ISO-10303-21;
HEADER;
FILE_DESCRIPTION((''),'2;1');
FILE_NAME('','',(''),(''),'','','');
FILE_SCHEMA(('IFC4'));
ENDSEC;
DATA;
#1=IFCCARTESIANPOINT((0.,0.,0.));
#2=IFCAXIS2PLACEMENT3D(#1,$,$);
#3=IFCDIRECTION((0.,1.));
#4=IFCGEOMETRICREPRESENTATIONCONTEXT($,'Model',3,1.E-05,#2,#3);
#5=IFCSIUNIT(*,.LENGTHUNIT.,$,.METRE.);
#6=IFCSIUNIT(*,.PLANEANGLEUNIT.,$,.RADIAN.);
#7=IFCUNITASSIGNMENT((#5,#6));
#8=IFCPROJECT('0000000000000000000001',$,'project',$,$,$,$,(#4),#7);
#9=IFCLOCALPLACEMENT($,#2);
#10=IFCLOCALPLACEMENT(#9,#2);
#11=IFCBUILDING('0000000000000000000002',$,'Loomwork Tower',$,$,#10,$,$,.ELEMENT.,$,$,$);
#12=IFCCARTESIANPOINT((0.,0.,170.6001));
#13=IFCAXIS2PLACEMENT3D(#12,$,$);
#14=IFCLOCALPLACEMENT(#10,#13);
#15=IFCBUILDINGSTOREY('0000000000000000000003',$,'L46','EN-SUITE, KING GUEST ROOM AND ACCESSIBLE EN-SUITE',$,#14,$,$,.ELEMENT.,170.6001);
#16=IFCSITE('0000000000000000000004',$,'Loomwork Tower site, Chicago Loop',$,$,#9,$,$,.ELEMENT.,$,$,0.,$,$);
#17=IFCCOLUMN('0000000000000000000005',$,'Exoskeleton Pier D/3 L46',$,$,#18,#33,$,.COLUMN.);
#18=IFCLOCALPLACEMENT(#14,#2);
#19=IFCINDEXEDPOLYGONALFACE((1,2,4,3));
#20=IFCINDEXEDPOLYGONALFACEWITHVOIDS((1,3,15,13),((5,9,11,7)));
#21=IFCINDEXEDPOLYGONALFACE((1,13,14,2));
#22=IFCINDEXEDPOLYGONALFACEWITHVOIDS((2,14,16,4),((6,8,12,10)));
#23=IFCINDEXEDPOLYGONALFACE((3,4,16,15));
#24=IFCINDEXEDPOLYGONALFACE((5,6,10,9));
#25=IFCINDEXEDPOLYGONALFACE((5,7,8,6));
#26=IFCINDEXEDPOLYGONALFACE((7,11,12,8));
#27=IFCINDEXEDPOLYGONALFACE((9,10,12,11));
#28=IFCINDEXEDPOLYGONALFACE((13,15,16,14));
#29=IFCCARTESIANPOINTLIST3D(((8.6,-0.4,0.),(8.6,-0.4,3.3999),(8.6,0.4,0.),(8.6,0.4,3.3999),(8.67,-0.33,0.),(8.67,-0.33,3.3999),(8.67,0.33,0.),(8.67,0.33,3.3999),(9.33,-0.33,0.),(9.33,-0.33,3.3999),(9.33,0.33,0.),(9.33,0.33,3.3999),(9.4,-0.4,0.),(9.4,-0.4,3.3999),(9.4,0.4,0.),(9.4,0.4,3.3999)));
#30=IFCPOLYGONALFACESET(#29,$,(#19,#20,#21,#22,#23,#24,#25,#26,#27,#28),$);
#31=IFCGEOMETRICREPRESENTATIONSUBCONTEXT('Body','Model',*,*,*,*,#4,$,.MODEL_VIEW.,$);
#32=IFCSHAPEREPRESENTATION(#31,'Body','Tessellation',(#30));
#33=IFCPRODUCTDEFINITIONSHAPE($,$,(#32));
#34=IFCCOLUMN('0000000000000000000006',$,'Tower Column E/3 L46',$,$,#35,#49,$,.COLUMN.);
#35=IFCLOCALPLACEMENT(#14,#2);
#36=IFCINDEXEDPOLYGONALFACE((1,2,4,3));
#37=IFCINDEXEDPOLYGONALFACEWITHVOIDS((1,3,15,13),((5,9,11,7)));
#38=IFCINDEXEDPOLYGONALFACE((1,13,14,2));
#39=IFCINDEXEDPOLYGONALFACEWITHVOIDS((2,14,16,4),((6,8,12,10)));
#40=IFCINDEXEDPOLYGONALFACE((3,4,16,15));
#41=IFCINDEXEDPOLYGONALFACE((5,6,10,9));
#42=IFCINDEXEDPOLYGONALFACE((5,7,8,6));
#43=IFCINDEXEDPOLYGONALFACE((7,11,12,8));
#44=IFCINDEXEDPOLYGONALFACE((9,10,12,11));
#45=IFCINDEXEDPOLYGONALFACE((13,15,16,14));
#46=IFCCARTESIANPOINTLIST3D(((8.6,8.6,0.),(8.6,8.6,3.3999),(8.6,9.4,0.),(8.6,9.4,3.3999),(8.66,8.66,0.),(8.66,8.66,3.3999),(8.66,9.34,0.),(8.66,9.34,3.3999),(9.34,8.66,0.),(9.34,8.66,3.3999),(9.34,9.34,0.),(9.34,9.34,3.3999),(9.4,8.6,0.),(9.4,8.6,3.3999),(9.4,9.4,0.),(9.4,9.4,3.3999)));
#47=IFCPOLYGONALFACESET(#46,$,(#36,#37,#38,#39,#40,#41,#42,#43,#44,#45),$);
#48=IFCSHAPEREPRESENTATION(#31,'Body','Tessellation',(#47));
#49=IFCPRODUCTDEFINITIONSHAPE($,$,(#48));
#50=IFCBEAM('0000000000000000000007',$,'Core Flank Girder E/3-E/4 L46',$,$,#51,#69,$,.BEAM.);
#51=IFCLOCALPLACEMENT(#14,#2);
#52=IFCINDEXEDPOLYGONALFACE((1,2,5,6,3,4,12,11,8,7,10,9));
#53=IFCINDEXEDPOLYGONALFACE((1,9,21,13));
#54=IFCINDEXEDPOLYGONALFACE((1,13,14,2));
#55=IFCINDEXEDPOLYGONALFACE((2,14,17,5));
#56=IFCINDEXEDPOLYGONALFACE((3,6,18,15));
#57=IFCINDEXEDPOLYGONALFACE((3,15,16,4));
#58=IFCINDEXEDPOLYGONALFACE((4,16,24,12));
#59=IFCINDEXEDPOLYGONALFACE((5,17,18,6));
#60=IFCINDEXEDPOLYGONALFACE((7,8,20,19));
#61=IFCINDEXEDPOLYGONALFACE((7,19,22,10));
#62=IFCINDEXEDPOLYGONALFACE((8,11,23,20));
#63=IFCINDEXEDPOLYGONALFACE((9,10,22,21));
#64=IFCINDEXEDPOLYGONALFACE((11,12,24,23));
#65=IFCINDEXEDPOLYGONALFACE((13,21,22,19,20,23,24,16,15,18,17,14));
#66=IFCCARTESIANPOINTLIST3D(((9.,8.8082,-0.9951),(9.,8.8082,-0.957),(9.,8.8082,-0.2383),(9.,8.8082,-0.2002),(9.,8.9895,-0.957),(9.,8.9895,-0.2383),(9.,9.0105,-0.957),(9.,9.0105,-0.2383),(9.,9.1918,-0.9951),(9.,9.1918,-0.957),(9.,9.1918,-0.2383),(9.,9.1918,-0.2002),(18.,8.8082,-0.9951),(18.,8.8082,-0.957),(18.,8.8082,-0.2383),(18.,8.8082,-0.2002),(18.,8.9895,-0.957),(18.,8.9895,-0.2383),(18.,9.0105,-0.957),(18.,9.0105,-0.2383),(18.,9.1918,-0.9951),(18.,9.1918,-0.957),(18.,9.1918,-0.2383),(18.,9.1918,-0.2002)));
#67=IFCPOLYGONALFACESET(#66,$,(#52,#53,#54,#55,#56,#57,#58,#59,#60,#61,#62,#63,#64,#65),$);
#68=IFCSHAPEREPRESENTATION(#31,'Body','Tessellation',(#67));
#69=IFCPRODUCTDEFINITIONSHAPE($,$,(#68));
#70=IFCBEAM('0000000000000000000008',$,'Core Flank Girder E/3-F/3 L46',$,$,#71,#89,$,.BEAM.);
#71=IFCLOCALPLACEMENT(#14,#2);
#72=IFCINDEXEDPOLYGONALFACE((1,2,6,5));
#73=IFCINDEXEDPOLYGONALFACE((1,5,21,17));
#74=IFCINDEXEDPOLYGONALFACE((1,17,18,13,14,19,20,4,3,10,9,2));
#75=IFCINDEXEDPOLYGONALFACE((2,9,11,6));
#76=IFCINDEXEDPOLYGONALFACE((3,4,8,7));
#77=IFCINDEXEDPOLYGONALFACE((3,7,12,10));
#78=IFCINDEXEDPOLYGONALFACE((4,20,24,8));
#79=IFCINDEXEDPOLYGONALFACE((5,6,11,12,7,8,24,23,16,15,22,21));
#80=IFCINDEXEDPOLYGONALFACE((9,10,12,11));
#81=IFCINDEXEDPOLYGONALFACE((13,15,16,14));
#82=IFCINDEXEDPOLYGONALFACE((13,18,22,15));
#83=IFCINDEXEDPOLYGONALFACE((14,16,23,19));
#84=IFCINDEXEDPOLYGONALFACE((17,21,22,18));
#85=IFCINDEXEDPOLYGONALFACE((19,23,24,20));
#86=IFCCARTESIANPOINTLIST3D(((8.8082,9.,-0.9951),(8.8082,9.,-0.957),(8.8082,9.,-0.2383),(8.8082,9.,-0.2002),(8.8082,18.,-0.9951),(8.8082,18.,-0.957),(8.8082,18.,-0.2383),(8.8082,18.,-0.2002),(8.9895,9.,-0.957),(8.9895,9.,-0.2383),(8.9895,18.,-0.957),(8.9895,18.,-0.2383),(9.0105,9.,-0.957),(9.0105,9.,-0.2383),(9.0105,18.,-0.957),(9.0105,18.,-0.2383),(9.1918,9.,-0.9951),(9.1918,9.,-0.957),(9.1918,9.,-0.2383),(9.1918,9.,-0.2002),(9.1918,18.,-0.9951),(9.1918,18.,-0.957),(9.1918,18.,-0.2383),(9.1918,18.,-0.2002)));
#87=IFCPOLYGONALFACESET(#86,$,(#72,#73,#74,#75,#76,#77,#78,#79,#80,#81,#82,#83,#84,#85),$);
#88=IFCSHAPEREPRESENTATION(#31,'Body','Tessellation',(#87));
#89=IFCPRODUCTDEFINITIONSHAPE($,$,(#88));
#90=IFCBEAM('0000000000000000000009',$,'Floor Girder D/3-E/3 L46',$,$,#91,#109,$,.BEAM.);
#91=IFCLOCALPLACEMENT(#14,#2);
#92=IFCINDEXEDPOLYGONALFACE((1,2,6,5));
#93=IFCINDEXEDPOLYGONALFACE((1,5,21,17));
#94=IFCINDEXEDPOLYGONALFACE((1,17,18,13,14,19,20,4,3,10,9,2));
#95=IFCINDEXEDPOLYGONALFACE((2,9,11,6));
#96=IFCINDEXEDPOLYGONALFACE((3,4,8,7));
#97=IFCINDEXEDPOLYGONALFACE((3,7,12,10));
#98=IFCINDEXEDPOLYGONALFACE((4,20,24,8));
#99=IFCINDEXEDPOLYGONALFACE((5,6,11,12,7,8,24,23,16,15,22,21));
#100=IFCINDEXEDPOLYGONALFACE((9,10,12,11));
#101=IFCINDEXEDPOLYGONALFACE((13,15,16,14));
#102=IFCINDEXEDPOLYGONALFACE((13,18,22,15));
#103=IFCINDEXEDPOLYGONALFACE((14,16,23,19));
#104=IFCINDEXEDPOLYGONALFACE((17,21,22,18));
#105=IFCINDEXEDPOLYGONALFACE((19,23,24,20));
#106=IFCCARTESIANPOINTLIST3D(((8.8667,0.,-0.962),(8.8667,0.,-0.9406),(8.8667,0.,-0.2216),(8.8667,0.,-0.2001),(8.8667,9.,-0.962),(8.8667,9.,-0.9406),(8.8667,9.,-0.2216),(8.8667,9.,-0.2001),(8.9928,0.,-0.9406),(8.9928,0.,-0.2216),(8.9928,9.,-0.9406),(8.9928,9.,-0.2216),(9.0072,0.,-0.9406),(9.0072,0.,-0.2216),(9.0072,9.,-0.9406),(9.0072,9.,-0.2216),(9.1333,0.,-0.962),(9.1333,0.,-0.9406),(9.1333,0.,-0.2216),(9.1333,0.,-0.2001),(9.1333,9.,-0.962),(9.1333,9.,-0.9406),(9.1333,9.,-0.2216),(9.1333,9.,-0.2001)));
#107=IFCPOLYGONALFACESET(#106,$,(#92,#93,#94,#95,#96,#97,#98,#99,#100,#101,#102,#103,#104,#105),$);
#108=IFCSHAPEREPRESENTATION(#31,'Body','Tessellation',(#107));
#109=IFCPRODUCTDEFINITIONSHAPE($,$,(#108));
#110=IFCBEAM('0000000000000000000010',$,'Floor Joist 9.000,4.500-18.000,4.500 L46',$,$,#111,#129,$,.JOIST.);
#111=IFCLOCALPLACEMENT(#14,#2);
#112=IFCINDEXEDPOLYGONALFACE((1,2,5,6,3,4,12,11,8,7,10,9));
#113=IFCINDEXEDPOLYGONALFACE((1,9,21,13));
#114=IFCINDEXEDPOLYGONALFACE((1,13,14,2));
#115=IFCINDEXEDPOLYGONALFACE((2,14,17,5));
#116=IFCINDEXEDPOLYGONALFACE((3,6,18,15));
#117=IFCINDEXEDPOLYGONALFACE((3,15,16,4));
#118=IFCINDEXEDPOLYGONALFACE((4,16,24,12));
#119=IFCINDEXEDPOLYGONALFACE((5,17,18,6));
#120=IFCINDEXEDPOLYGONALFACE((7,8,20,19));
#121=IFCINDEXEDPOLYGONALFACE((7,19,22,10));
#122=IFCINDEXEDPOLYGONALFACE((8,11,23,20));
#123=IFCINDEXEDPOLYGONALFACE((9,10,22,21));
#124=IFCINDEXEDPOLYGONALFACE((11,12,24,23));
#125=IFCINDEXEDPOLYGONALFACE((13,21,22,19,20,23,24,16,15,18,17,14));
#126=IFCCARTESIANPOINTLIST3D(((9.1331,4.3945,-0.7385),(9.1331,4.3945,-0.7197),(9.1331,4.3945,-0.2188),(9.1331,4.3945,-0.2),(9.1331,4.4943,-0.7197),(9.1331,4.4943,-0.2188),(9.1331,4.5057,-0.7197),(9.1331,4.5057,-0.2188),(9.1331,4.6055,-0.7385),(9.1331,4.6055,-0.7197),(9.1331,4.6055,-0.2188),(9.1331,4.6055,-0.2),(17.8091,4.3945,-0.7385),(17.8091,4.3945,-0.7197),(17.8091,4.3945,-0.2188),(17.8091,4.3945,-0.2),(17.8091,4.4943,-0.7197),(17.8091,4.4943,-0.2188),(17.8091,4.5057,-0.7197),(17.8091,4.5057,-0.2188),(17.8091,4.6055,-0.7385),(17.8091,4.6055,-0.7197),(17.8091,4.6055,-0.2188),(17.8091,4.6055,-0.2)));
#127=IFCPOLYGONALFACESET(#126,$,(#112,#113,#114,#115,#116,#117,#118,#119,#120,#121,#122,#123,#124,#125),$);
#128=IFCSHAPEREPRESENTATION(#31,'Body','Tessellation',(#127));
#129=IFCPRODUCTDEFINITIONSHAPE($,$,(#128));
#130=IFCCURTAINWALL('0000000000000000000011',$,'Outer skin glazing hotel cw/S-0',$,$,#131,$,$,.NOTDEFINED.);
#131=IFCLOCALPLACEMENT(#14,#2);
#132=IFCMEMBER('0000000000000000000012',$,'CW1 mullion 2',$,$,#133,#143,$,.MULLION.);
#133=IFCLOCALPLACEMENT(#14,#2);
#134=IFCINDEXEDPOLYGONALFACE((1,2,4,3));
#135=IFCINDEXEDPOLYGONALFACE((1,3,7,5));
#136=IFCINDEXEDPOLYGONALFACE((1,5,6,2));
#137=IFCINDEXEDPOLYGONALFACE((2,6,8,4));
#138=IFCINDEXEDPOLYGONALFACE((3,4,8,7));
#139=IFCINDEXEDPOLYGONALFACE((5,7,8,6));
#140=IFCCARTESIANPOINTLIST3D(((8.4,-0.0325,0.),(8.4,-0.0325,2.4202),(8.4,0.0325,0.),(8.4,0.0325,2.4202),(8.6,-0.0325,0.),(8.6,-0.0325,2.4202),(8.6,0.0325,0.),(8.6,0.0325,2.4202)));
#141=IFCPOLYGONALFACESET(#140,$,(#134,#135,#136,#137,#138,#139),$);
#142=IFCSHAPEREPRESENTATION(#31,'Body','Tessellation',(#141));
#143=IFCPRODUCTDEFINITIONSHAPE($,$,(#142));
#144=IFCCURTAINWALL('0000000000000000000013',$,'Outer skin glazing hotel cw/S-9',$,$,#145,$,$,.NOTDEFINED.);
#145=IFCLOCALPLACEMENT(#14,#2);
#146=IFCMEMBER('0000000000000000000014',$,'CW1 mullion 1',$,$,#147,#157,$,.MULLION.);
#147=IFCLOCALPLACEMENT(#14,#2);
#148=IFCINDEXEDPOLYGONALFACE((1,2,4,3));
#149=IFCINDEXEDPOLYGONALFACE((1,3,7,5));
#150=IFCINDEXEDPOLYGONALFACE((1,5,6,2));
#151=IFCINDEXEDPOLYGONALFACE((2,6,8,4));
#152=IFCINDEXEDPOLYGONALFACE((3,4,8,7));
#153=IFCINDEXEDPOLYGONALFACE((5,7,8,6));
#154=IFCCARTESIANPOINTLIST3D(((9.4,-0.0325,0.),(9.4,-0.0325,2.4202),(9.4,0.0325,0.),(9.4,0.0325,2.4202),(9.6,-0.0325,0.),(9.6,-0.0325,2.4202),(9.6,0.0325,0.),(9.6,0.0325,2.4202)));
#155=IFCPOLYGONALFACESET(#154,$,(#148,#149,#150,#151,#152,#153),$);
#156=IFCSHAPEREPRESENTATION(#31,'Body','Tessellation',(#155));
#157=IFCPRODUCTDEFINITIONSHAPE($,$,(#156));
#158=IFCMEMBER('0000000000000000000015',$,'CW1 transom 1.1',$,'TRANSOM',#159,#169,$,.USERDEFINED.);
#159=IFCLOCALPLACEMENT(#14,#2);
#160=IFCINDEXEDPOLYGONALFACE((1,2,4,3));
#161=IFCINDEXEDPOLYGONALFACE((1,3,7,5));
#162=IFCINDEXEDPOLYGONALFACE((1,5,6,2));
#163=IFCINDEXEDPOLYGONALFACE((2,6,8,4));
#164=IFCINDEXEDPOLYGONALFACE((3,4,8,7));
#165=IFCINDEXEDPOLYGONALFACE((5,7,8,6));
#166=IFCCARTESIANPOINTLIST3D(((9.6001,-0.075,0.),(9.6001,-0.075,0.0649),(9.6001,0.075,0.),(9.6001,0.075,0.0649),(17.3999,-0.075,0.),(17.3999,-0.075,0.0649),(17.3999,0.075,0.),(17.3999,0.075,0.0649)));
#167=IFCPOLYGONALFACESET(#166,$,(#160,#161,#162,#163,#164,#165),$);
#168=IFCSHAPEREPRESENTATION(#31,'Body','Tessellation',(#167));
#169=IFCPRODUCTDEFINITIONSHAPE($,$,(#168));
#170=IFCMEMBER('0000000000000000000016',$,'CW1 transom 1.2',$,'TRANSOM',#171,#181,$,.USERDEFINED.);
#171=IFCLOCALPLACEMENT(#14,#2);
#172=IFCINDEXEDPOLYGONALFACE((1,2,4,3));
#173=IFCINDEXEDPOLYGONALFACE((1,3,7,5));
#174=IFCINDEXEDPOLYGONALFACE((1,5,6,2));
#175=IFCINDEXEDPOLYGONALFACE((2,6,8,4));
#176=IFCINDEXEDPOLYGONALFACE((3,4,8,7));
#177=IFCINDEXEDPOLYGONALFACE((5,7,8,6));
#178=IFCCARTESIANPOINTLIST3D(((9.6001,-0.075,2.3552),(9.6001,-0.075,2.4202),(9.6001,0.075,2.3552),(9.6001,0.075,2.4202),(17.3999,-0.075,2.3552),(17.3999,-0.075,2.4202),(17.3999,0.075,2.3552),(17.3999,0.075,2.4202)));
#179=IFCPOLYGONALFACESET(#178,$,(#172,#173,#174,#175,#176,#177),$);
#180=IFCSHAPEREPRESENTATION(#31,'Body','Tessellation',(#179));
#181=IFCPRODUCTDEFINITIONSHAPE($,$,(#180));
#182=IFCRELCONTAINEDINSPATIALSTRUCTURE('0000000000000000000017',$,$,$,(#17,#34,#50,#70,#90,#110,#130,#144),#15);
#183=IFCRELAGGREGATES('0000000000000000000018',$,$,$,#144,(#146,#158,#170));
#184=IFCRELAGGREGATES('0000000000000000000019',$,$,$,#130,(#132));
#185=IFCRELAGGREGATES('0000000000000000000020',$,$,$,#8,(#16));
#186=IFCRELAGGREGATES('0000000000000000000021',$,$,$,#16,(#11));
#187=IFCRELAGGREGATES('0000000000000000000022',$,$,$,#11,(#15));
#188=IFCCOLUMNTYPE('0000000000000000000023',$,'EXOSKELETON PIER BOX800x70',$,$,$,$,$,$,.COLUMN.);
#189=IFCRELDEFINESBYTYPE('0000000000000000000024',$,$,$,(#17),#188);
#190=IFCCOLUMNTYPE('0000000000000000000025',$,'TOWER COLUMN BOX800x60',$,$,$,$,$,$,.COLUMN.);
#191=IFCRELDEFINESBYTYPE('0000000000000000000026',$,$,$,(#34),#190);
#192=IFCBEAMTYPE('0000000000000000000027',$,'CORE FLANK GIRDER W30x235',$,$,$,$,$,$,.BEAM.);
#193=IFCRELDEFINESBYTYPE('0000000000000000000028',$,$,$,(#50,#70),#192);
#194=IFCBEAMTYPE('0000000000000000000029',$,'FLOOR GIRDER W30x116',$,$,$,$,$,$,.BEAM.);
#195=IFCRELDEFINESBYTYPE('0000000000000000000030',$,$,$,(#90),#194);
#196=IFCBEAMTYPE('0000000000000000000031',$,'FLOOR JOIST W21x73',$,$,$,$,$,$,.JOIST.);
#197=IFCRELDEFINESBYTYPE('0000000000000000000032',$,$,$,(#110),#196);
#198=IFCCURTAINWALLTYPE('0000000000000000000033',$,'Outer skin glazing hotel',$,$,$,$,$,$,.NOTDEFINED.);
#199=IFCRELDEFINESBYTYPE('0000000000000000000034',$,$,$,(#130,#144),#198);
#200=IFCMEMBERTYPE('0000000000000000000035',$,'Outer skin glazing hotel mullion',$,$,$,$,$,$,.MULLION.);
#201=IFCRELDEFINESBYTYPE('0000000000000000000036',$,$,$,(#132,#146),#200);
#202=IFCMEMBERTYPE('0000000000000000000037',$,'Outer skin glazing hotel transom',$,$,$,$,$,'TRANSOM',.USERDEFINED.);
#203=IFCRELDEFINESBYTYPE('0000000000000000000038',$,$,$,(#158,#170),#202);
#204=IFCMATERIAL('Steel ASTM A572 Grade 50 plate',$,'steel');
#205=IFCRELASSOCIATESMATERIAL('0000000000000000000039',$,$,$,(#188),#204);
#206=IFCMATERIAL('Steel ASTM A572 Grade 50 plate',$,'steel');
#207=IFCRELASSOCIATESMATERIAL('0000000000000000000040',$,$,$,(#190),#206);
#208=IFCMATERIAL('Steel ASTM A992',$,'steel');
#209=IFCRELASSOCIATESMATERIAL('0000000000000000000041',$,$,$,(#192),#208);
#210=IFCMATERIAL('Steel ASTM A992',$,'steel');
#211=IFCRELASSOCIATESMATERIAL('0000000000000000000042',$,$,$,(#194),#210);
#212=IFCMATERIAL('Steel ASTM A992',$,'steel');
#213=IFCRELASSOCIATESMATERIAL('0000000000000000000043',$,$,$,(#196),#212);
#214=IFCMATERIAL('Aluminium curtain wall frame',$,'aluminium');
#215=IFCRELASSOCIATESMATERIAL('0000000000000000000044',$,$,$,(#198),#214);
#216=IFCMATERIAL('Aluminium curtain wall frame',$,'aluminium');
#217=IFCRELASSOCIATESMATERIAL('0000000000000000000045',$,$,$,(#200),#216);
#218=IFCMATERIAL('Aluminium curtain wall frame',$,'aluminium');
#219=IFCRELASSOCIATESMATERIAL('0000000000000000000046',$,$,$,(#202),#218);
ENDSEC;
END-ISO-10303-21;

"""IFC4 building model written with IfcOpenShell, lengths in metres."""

from ifc_helpers import new_model, si_unit, direction, frame, origin, origin_2d, place, context, subcontext, project, spatial, rectangle, hollow_rectangle, i_section, extrude, material, material_profile, profile_set, type_object, element, aggregate, save


model = new_model("IFC4")

# Units and contexts
model_context = context("Model", 3, precision=1e-05, world=origin(), true_north=direction((0.0, 1.0)))
body_context = subcontext(model_context, "Body", "Model", "MODEL_VIEW")
ifc_project = project(units=[si_unit("LENGTHUNIT", "METRE"), si_unit("PLANEANGLEUNIT", "RADIAN")], contexts=[model_context])

# Site, building, storey
site_placement = place(None, origin())
site = spatial("IfcSite", under=ifc_project, at=site_placement, Name="Loomwork Tower site, Chicago Loop", CompositionType="ELEMENT", RefElevation=0.0)
building_placement = place(site_placement, origin())
building = spatial("IfcBuilding", under=site, at=building_placement, Name="Loomwork Tower", CompositionType="ELEMENT")
storey_placement = place(building_placement, frame((0.0, 0.0, 170.6001)))
storey = spatial("IfcBuildingStorey", under=building, at=storey_placement, Name="L46", Description="EN-SUITE, KING GUEST ROOM AND ACCESSIBLE EN-SUITE", CompositionType="ELEMENT", Elevation=170.6001)

# Columns
ifc_material_1 = material(Name="Steel ASTM A572 Grade 50 plate", Category="steel")
ifc_material_profile_1 = material_profile(ifc_material_1, hollow_rectangle(XDim=0.8, YDim=0.8, WallThickness=0.0701, at=origin_2d()), Name="BOX800x70")
ifc_profile_set_1 = profile_set([ifc_material_profile_1], Name="Steel ASTM A572 Grade 50 plate")
column_type_1 = type_object("IfcColumnType", Name="EXOSKELETON PIER BOX800x70", PredefinedType="COLUMN", material=ifc_profile_set_1)
column_1_placement = place(storey_placement, frame((9.0, 0.0, 0.0), z_axis=(0.0, 0.0, 1.0), x_axis=(1.0, 0.0, 0.0)))
element("IfcColumn", 1, at=column_1_placement, inside=storey, type_object=column_type_1, Name="Exoskeleton Pier D/3 L46", PredefinedType="COLUMN", context=body_context, shape_type="SweptSolid", body=[
    extrude(hollow_rectangle(XDim=0.8, YDim=0.8, WallThickness=0.0701, at=origin_2d()), origin(), (0.0, 0.0, 1.0), 3.3999),
])
ifc_material_2 = material(Name="Steel ASTM A572 Grade 50 plate", Category="steel")
ifc_material_profile_2 = material_profile(ifc_material_2, hollow_rectangle(XDim=0.8, YDim=0.8, WallThickness=0.0601, at=origin_2d()), Name="BOX800x60")
ifc_profile_set_2 = profile_set([ifc_material_profile_2], Name="Steel ASTM A572 Grade 50 plate")
column_type_2 = type_object("IfcColumnType", Name="TOWER COLUMN BOX800x60", PredefinedType="COLUMN", material=ifc_profile_set_2)
column_2_placement = place(storey_placement, frame((9.0, 9.0, 0.0), z_axis=(0.0, 0.0, 1.0), x_axis=(1.0, 0.0, 0.0)))
element("IfcColumn", 2, at=column_2_placement, inside=storey, type_object=column_type_2, Name="Tower Column E/3 L46", PredefinedType="COLUMN", context=body_context, shape_type="SweptSolid", body=[
    extrude(hollow_rectangle(XDim=0.8, YDim=0.8, WallThickness=0.0601, at=origin_2d()), origin(), (0.0, 0.0, 1.0), 3.3999),
])

# Beams
ifc_material_3 = material(Name="Steel ASTM A992", Category="steel")
ifc_material_profile_3 = material_profile(ifc_material_3, i_section(OverallWidth=0.3835, OverallDepth=0.7949, WebThickness=0.021, FlangeThickness=0.0381, at=origin_2d()), Name="W30x235")
ifc_profile_set_3 = profile_set([ifc_material_profile_3], Name="Steel ASTM A992")
beam_type_1 = type_object("IfcBeamType", Name="CORE FLANK GIRDER W30x235", PredefinedType="BEAM", material=ifc_profile_set_3)
for number, where, z_axis, x_axis, name in (
    (3, (9.0, 9.0, -0.5977), (1.0, 0.0, 0.0), (0.0, 1.0, 0.0), "Core Flank Girder E/3-E/4 L46"),
    (4, (9.0, 9.0, -0.5977), (0.0, 1.0, 0.0), (-1.0, 0.0, 0.0), "Core Flank Girder E/3-F/3 L46"),
):
    element("IfcBeam", number, at=place(storey_placement, frame(where, z_axis=z_axis, x_axis=x_axis)), inside=storey, type_object=beam_type_1, Name=name, PredefinedType="BEAM", context=body_context, shape_type="SweptSolid", body=[
        extrude(i_section(OverallWidth=0.3835, OverallDepth=0.7949, WebThickness=0.021, FlangeThickness=0.0381, at=origin_2d()), origin(), (0.0, 0.0, 1.0), 9.0),
    ])
ifc_material_4 = material(Name="Steel ASTM A992", Category="steel")
ifc_material_profile_4 = material_profile(ifc_material_4, i_section(OverallWidth=0.2666, OverallDepth=0.762, WebThickness=0.0144, FlangeThickness=0.0215, at=origin_2d()), Name="W30x116")
ifc_profile_set_4 = profile_set([ifc_material_profile_4], Name="Steel ASTM A992")
beam_type_2 = type_object("IfcBeamType", Name="FLOOR GIRDER W30x116", PredefinedType="BEAM", material=ifc_profile_set_4)
beam_1_placement = place(storey_placement, frame((9.0, 0.0, -0.5811), z_axis=(0.0, 1.0, 0.0), x_axis=(-1.0, 0.0, 0.0)))
element("IfcBeam", 5, at=beam_1_placement, inside=storey, type_object=beam_type_2, Name="Floor Girder D/3-E/3 L46", PredefinedType="BEAM", context=body_context, shape_type="SweptSolid", body=[
    extrude(i_section(OverallWidth=0.2666, OverallDepth=0.762, WebThickness=0.0144, FlangeThickness=0.0215, at=origin_2d()), origin(), (0.0, 0.0, 1.0), 9.0),
])
ifc_material_5 = material(Name="Steel ASTM A992", Category="steel")
ifc_material_profile_5 = material_profile(ifc_material_5, i_section(OverallWidth=0.2109, OverallDepth=0.5386, WebThickness=0.0115, FlangeThickness=0.0188, at=origin_2d()), Name="W21x73")
ifc_profile_set_5 = profile_set([ifc_material_profile_5], Name="Steel ASTM A992")
beam_type_3 = type_object("IfcBeamType", Name="FLOOR JOIST W21x73", PredefinedType="JOIST", material=ifc_profile_set_5)
beam_2_placement = place(storey_placement, frame((9.1331, 4.5, -0.4692), z_axis=(1.0, 0.0, 0.0), x_axis=(0.0, 1.0, 0.0)))
element("IfcBeam", 6, at=beam_2_placement, inside=storey, type_object=beam_type_3, Name="Floor Joist 9.000,4.500-18.000,4.500 L46", PredefinedType="JOIST", context=body_context, shape_type="SweptSolid", body=[
    extrude(i_section(OverallWidth=0.2109, OverallDepth=0.5386, WebThickness=0.0115, FlangeThickness=0.0188, at=origin_2d()), origin(), (0.0, 0.0, 1.0), 8.676),
])

# Curtain wall, member
ifc_material_6 = material(Name="Aluminium curtain wall frame", Category="aluminium")
curtain_wall_type = type_object("IfcCurtainWallType", Name="Outer skin glazing hotel", PredefinedType="NOTDEFINED", material=ifc_material_6)
curtain_wall_1_placement = place(storey_placement, origin())
curtain_wall_1 = element("IfcCurtainWall", 7, at=curtain_wall_1_placement, inside=storey, type_object=curtain_wall_type, Name="Outer skin glazing hotel cw/S-0", PredefinedType="NOTDEFINED")
ifc_material_7 = material(Name="Aluminium curtain wall frame", Category="aluminium")
ifc_material_profile_6 = material_profile(ifc_material_7, rectangle(XDim=0.0649, YDim=0.2, at=origin_2d()), Name="AL 65x200")
ifc_profile_set_6 = profile_set([ifc_material_profile_6], Name="Aluminium curtain wall frame")
member_type_1 = type_object("IfcMemberType", Name="Outer skin glazing hotel mullion", PredefinedType="MULLION", material=ifc_profile_set_6)
member_1_placement = place(storey_placement, frame((8.5, 0.0, 0.0), z_axis=(0.0, 0.0, 1.0), x_axis=(0.0, 1.0, 0.0)))
member_1 = element("IfcMember", 8, at=member_1_placement, type_object=member_type_1, Name="CW1 mullion 2", PredefinedType="MULLION", context=body_context, shape_type="SweptSolid", body=[
    extrude(rectangle(XDim=0.0649, YDim=0.2, at=origin_2d()), origin(), (0.0, 0.0, 1.0), 2.4202),
])

# Curtain wall, members
curtain_wall_2_placement = place(storey_placement, origin())
curtain_wall_2 = element("IfcCurtainWall", 9, at=curtain_wall_2_placement, inside=storey, type_object=curtain_wall_type, Name="Outer skin glazing hotel cw/S-9", PredefinedType="NOTDEFINED")
member_2_placement = place(storey_placement, frame((9.5, 0.0, 0.0), z_axis=(0.0, 0.0, 1.0), x_axis=(0.0, 1.0, 0.0)))
member_2 = element("IfcMember", 10, at=member_2_placement, type_object=member_type_1, Name="CW1 mullion 1", PredefinedType="MULLION", context=body_context, shape_type="SweptSolid", body=[
    extrude(rectangle(XDim=0.0649, YDim=0.2, at=origin_2d()), origin(), (0.0, 0.0, 1.0), 2.4202),
])
ifc_material_8 = material(Name="Aluminium curtain wall frame", Category="aluminium")
ifc_material_profile_7 = material_profile(ifc_material_8, rectangle(XDim=0.1499, YDim=0.0649, at=origin_2d()), Name="AL 65x150")
ifc_profile_set_7 = profile_set([ifc_material_profile_7], Name="Aluminium curtain wall frame")
member_type_2 = type_object("IfcMemberType", Name="Outer skin glazing hotel transom", ElementType="TRANSOM", PredefinedType="USERDEFINED", material=ifc_profile_set_7)
member_3_placement = place(storey_placement, frame((9.6001, 0.0, 0.0325), z_axis=(1.0, 0.0, 0.0), x_axis=(0.0, 1.0, 0.0)))
member_3 = element("IfcMember", 11, at=member_3_placement, type_object=member_type_2, Name="CW1 transom 1.1", ObjectType="TRANSOM", PredefinedType="USERDEFINED", context=body_context, shape_type="SweptSolid", body=[
    extrude(rectangle(XDim=0.1499, YDim=0.0649, at=origin_2d()), origin(), (0.0, 0.0, 1.0), 7.7998),
])
member_4_placement = place(storey_placement, frame((9.6001, 0.0, 2.3877), z_axis=(1.0, 0.0, 0.0), x_axis=(0.0, 1.0, 0.0)))
member_4 = element("IfcMember", 12, at=member_4_placement, type_object=member_type_2, Name="CW1 transom 1.2", ObjectType="TRANSOM", PredefinedType="USERDEFINED", context=body_context, shape_type="SweptSolid", body=[
    extrude(rectangle(XDim=0.1499, YDim=0.0649, at=origin_2d()), origin(), (0.0, 0.0, 1.0), 7.7998),
])
aggregate(curtain_wall_2, [member_2, member_3, member_4])

aggregate(curtain_wall_1, [member_1])

save(model, "model.ifc")
